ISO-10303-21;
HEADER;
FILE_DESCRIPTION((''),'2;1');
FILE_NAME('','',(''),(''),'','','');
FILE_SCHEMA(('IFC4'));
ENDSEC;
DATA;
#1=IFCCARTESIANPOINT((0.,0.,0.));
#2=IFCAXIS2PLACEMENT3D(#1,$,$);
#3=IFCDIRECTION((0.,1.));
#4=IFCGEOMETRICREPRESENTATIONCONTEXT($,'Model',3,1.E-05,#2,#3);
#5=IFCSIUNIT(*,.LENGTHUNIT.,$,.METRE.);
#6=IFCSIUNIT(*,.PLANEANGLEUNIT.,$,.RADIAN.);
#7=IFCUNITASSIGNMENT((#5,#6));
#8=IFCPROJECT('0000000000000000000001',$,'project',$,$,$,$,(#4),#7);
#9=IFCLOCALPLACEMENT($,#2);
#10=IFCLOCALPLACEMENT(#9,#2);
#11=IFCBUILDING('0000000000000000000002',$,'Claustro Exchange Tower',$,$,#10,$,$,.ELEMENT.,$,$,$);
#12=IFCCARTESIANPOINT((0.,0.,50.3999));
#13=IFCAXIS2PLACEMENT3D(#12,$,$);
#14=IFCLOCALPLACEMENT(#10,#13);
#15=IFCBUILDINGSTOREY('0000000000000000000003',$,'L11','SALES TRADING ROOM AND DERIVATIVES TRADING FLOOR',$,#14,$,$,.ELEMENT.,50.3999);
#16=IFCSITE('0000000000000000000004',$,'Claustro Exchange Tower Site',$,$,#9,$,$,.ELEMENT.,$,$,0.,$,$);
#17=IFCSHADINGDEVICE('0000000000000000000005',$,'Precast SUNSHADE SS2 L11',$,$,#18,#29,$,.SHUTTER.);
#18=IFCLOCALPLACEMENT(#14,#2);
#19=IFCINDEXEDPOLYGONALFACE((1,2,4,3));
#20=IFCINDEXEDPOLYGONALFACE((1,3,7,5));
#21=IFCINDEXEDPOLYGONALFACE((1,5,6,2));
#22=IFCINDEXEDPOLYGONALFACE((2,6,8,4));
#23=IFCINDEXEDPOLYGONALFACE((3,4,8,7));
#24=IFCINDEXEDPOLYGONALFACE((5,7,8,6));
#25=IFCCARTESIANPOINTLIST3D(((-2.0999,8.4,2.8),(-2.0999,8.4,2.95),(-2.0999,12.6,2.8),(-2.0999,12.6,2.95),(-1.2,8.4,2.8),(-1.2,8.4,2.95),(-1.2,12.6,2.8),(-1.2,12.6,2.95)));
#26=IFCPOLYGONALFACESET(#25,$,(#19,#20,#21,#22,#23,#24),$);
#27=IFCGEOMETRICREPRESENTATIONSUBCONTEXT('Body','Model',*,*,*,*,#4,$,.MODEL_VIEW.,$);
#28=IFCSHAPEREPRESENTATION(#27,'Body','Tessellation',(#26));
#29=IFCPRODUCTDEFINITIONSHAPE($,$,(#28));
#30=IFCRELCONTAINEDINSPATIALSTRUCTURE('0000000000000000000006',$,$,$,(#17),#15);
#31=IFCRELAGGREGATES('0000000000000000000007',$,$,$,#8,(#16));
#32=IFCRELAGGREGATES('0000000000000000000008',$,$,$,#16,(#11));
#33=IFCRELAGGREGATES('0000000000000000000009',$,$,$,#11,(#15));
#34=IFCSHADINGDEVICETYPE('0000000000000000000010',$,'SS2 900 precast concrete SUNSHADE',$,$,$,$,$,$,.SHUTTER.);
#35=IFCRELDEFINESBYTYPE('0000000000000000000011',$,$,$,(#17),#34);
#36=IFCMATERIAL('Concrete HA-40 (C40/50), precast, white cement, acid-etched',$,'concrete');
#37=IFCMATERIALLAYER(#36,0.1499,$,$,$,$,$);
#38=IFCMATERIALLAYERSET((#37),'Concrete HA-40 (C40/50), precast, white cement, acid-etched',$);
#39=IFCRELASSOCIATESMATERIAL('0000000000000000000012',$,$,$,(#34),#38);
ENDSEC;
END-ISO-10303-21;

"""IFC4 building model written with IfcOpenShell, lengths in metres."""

from ifc_helpers import new_model, si_unit, direction, frame, origin, origin_2d, place, context, subcontext, project, spatial, rectangle, extrude, material, layer, layer_set, type_object, element, save


model = new_model("IFC4")

# Units and contexts
model_context = context("Model", 3, precision=1e-05, world=origin(), true_north=direction((0.0, 1.0)))
body_context = subcontext(model_context, "Body", "Model", "MODEL_VIEW")
ifc_project = project(units=[si_unit("LENGTHUNIT", "METRE"), si_unit("PLANEANGLEUNIT", "RADIAN")], contexts=[model_context])

# Site, building, storey
site_placement = place(None, origin())
site = spatial("IfcSite", under=ifc_project, at=site_placement, Name="Claustro Exchange Tower Site", CompositionType="ELEMENT", RefElevation=0.0)
building_placement = place(site_placement, origin())
building = spatial("IfcBuilding", under=site, at=building_placement, Name="Claustro Exchange Tower", CompositionType="ELEMENT")
storey_placement = place(building_placement, frame((0.0, 0.0, 50.3999)))
storey = spatial("IfcBuildingStorey", under=building, at=storey_placement, Name="L11", Description="SALES TRADING ROOM AND DERIVATIVES TRADING FLOOR", CompositionType="ELEMENT", Elevation=50.3999)

# Shading device
ifc_material_1 = material(Name="Concrete HA-40 (C40/50), precast, white cement, acid-etched", Category="concrete")
ifc_layer_1 = layer(ifc_material_1, 0.1499)
ifc_layer_set_1 = layer_set([ifc_layer_1], Name="Concrete HA-40 (C40/50), precast, white cement, acid-etched")
shading_device_type = type_object("IfcShadingDeviceType", Name="SS2 900 precast concrete SUNSHADE", PredefinedType="SHUTTER", material=ifc_layer_set_1)
shading_device_1_placement = place(storey_placement, frame((-1.6499, 10.5, 2.8), z_axis=(0.0, 0.0, 1.0), x_axis=(0.0, 1.0, 0.0)))
element("IfcShadingDevice", 1, at=shading_device_1_placement, inside=storey, type_object=shading_device_type, Name="Precast SUNSHADE SS2 L11", PredefinedType="SHUTTER", context=body_context, shape_type="SweptSolid", body=[
    extrude(rectangle(XDim=4.2, YDim=0.8999, at=origin_2d()), origin(), (0.0, 0.0, 1.0), 0.1499),
])

save(model, "model.ifc")
